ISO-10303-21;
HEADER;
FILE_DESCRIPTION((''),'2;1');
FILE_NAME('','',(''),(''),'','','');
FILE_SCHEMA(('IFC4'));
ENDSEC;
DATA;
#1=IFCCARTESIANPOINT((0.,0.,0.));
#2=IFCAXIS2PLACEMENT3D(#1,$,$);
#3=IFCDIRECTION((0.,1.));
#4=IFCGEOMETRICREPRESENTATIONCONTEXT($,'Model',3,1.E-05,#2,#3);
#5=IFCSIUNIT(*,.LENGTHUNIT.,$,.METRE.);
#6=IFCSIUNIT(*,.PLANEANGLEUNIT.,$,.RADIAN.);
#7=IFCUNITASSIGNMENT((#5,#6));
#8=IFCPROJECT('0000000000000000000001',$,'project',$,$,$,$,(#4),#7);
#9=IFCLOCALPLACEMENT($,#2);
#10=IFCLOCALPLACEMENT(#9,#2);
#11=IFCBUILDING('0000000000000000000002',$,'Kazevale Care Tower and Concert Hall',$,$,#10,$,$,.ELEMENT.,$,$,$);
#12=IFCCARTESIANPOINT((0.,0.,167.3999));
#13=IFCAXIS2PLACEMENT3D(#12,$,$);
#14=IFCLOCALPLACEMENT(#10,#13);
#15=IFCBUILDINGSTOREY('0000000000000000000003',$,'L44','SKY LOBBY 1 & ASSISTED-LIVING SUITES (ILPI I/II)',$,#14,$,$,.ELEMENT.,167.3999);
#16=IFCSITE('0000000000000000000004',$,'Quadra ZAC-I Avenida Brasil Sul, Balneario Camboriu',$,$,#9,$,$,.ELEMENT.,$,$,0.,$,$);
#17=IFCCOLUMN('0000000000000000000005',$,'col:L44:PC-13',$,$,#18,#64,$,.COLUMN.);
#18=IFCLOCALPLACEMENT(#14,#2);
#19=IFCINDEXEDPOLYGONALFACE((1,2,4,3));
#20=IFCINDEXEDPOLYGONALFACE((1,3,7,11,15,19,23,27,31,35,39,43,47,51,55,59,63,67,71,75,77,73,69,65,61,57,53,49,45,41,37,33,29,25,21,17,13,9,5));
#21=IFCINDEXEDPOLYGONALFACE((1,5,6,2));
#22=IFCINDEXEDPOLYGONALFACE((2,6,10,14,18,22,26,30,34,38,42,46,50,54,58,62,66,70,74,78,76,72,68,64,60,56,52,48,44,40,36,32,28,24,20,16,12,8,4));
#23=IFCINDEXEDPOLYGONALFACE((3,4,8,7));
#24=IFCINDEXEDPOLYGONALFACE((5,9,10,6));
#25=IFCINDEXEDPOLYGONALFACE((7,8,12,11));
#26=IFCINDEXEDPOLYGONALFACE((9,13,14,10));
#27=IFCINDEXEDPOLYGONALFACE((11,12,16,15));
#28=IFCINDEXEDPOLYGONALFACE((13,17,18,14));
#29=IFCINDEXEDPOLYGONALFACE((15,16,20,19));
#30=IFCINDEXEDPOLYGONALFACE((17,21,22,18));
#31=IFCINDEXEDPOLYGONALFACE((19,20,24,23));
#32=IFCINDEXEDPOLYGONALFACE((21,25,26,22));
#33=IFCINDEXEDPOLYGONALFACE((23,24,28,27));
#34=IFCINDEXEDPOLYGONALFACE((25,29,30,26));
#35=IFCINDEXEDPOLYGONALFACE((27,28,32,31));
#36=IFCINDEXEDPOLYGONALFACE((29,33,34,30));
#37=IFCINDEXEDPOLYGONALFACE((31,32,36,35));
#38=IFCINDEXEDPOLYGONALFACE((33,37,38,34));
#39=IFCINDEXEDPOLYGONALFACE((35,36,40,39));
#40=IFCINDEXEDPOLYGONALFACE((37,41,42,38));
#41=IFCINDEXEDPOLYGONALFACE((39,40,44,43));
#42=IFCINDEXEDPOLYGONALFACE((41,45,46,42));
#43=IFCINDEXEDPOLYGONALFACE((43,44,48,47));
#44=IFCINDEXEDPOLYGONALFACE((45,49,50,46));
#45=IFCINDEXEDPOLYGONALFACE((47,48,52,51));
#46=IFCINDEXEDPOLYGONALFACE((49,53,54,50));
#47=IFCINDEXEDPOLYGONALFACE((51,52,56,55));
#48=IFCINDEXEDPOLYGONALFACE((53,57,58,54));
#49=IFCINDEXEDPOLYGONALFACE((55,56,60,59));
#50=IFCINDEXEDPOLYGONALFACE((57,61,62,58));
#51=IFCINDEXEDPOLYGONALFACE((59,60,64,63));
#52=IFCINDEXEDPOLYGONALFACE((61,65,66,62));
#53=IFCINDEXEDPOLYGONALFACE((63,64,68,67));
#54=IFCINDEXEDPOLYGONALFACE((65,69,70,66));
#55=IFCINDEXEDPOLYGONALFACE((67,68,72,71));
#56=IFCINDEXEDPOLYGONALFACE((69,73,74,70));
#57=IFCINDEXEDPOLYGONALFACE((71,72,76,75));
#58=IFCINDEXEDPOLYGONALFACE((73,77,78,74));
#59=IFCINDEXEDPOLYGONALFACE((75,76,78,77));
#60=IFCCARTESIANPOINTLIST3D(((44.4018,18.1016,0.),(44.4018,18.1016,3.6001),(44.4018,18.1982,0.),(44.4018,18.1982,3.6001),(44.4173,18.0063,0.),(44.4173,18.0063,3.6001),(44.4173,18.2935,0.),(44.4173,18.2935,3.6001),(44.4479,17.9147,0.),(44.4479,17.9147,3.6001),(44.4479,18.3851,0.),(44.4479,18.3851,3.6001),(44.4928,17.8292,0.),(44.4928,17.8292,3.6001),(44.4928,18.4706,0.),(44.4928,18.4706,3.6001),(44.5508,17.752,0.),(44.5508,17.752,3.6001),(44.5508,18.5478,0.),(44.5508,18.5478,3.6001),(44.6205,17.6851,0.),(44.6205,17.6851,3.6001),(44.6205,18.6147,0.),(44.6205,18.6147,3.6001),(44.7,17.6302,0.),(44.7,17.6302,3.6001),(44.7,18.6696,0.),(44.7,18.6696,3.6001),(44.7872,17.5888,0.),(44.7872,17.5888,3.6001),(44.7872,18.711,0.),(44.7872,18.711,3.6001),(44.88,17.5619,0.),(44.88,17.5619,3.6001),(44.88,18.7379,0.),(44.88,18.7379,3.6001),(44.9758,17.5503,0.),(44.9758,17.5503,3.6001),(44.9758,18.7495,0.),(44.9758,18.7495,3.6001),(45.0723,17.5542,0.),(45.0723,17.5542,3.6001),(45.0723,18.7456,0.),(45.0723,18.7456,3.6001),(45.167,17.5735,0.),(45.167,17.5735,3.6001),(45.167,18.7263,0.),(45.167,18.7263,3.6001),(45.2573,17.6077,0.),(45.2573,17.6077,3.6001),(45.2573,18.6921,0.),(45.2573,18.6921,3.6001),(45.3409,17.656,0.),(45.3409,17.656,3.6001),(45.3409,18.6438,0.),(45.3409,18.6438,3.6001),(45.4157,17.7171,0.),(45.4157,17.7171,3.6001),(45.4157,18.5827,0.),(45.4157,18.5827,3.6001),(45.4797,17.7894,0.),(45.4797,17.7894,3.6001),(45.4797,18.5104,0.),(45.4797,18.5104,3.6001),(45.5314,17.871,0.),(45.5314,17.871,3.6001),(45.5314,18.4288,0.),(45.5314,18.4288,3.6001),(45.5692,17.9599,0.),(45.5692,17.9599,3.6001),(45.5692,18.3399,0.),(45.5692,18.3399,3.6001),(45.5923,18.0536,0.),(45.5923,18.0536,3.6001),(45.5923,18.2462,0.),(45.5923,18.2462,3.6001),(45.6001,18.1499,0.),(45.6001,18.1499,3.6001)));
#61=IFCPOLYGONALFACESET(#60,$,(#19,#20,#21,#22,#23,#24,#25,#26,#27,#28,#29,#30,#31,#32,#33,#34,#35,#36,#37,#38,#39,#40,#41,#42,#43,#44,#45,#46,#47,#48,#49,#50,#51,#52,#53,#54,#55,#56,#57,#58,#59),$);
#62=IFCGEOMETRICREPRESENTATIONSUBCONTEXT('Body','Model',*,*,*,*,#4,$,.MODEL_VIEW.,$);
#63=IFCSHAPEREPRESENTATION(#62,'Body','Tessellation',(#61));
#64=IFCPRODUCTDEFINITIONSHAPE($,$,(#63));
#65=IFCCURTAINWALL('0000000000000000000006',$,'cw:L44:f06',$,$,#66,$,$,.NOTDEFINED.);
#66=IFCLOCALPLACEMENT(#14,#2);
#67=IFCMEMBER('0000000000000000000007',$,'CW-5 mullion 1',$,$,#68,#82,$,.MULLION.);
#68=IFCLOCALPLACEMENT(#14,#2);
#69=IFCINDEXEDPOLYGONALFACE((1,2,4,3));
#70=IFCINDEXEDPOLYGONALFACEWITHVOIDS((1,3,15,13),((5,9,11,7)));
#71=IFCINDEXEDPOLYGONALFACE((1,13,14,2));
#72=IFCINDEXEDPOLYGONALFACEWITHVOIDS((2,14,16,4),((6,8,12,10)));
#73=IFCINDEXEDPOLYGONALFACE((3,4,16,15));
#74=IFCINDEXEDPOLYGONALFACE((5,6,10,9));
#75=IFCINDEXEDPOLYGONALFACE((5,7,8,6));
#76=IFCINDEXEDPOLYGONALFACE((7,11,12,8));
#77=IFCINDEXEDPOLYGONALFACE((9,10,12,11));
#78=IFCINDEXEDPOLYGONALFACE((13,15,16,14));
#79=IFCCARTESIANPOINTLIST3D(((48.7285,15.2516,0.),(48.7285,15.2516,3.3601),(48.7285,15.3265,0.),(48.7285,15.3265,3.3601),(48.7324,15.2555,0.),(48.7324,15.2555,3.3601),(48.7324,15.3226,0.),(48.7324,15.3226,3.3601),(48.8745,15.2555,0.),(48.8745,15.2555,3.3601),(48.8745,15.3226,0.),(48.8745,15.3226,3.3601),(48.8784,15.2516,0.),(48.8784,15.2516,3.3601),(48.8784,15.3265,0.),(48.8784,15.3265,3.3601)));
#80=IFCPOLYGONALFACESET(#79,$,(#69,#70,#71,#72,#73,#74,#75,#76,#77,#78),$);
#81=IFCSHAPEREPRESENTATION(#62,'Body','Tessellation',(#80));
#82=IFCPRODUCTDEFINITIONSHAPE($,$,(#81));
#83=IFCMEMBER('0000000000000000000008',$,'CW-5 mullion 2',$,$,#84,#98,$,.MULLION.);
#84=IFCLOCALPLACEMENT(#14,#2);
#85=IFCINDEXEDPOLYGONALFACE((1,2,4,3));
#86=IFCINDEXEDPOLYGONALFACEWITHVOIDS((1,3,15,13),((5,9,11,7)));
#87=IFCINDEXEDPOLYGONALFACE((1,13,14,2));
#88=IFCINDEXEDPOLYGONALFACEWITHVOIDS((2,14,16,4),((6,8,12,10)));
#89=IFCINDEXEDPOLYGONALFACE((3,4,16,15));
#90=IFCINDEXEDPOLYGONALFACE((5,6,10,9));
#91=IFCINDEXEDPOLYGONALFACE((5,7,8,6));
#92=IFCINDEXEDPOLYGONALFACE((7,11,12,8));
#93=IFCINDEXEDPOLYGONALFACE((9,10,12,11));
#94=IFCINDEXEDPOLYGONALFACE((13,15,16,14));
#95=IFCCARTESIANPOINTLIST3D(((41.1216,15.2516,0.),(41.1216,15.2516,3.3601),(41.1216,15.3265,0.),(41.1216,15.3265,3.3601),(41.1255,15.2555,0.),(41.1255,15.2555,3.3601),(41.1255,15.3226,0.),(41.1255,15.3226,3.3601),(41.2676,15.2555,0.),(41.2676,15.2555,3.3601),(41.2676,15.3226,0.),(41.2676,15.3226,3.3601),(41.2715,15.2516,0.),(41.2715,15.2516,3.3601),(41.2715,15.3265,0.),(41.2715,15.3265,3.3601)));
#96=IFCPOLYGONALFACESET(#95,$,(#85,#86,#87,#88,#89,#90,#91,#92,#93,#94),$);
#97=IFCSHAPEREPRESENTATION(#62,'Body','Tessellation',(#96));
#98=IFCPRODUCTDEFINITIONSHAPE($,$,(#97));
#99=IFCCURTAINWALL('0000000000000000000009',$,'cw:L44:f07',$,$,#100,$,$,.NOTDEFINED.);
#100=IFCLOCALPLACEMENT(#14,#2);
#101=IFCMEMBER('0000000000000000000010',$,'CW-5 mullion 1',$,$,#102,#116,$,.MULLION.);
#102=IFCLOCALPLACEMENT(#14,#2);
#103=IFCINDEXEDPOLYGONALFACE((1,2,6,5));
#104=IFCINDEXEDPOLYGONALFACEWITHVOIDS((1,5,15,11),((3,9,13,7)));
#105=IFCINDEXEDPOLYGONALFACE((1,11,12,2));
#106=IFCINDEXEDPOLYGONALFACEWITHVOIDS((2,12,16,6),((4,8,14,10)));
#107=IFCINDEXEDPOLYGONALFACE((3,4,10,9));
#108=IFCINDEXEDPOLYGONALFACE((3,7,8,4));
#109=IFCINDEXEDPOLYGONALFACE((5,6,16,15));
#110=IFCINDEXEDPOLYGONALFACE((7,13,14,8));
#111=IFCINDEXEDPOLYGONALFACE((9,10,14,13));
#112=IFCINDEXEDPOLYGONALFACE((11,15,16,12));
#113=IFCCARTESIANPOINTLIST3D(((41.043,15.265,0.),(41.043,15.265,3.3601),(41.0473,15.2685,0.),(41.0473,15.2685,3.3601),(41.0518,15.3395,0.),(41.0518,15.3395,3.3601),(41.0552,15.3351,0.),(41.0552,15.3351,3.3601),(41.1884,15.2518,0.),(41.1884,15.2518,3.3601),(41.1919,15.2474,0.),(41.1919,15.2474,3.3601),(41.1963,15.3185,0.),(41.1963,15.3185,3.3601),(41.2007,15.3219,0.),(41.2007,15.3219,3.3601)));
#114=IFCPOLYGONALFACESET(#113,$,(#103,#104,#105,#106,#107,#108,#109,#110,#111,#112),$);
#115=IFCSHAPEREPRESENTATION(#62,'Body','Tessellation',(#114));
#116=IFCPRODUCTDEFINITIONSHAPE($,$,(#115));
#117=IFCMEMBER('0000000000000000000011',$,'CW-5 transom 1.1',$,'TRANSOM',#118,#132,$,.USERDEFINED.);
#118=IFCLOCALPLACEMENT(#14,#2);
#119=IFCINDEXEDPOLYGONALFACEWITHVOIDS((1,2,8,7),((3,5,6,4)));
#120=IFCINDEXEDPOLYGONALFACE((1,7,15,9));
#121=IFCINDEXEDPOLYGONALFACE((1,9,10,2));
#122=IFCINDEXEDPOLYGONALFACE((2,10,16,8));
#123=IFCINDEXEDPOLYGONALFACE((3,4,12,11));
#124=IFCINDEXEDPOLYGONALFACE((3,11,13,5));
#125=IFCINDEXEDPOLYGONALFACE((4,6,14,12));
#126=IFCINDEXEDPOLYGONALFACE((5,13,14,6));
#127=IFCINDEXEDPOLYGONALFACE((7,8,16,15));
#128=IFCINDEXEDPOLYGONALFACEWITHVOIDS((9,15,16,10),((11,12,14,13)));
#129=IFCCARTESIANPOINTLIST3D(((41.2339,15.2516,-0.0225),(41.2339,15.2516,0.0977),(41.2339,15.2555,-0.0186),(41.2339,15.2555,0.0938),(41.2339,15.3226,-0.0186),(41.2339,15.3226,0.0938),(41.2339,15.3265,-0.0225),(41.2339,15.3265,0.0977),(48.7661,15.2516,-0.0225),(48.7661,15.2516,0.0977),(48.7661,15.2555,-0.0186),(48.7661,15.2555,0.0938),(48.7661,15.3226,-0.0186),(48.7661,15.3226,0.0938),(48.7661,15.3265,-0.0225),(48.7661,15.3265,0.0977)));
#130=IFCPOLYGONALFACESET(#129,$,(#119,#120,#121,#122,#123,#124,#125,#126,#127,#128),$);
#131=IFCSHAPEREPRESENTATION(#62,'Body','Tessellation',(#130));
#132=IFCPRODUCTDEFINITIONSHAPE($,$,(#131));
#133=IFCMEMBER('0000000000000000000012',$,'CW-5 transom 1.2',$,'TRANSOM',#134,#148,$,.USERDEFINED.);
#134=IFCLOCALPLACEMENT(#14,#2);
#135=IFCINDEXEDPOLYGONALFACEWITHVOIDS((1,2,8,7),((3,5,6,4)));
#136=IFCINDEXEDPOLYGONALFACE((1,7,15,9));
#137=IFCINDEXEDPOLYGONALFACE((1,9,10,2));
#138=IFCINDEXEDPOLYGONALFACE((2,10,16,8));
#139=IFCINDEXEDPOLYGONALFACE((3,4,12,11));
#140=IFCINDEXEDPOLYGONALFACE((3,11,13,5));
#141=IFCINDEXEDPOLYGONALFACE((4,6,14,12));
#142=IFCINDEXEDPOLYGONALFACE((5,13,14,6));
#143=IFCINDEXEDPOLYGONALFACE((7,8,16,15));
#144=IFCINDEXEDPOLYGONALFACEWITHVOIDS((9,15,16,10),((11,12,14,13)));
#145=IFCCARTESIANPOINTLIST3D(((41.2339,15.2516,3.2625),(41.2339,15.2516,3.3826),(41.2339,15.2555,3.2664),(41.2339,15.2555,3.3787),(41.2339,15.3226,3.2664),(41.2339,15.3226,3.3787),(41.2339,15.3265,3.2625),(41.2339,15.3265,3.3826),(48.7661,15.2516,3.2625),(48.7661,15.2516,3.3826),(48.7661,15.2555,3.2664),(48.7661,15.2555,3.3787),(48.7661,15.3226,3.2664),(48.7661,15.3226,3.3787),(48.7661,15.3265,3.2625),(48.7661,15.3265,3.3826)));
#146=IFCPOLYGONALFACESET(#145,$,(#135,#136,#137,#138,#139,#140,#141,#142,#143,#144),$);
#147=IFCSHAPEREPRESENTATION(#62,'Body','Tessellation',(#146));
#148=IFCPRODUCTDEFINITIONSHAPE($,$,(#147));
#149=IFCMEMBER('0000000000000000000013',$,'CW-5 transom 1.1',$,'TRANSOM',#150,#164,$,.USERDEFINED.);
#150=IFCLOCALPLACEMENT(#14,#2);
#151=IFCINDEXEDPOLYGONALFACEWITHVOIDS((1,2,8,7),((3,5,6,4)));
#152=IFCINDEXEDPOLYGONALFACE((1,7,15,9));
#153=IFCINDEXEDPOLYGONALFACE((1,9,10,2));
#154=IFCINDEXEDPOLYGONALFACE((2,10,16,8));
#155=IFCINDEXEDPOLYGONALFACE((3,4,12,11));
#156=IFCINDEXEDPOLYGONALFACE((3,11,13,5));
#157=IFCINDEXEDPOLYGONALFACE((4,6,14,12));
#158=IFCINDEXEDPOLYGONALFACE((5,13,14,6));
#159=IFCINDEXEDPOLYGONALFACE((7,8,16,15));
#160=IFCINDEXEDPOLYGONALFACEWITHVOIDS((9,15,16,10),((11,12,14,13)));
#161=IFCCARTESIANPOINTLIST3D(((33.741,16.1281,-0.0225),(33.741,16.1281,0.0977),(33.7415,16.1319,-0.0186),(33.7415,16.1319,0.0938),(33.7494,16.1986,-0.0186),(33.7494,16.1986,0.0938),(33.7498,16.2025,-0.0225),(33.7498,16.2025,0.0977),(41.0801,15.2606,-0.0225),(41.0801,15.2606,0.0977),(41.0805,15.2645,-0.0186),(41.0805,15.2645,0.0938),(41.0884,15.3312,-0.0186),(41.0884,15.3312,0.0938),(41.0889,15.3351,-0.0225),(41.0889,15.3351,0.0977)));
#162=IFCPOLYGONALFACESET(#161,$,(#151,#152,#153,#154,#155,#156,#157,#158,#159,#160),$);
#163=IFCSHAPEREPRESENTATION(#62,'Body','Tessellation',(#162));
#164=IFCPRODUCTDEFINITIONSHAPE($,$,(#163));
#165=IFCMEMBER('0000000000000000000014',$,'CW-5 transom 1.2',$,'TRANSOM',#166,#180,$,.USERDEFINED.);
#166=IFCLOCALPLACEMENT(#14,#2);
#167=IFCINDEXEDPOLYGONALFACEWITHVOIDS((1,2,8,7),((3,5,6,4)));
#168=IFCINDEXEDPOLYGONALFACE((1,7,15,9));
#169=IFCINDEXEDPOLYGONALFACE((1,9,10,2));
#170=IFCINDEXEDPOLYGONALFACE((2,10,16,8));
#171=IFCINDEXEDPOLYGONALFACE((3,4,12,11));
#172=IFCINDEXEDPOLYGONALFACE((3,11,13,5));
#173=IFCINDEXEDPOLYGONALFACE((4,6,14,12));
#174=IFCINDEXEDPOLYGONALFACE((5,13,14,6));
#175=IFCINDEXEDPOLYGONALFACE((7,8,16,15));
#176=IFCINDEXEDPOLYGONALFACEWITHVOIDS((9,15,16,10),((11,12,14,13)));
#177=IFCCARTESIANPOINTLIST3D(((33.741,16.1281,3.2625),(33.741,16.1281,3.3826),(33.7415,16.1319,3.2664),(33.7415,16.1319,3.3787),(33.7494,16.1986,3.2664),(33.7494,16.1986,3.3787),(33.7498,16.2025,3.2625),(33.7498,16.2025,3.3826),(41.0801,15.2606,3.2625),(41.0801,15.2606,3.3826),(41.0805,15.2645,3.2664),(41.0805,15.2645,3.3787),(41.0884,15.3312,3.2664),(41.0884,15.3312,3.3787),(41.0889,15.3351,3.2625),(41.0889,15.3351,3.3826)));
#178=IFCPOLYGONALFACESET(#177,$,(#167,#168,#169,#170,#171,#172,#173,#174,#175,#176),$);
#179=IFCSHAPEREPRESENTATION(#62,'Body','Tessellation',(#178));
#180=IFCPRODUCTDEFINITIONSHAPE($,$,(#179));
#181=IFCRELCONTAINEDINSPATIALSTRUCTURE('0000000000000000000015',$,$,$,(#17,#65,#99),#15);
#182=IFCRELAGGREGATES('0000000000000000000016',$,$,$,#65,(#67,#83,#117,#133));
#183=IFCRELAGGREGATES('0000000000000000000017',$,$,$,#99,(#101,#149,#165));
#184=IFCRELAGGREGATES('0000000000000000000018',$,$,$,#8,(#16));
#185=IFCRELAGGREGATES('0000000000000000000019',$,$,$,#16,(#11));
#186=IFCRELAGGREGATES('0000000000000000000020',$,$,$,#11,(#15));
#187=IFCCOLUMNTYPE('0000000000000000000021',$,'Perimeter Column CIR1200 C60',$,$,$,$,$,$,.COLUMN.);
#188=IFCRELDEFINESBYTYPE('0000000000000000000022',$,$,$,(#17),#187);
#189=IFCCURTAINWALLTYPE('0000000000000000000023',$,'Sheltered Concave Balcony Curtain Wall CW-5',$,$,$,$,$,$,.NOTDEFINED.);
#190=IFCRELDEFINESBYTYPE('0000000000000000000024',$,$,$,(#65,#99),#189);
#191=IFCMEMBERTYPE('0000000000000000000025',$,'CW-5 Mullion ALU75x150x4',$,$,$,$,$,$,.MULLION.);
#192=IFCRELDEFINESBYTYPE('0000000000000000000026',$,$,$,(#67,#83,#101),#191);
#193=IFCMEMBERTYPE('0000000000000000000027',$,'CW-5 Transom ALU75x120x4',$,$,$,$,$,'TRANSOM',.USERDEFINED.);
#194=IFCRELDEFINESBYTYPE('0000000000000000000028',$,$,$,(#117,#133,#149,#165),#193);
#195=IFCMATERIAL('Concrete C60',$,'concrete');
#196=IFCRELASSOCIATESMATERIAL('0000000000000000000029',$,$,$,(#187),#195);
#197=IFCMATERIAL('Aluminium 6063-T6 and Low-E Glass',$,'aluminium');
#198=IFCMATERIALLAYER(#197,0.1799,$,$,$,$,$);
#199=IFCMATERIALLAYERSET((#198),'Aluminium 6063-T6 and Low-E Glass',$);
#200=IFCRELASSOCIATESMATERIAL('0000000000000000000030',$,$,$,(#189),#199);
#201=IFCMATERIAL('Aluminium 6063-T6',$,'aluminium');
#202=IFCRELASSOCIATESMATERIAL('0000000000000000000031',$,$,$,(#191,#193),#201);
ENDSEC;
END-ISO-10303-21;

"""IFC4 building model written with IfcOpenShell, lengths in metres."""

from ifc_helpers import new_model, si_unit, direction, frame, origin, origin_2d, place, context, subcontext, project, spatial, hollow_rectangle, circle, extrude, material, layer, layer_set, material_profile, profile_set, type_object, element, aggregate, save


model = new_model("IFC4")

# Units and contexts
model_context = context("Model", 3, precision=1e-05, world=origin(), true_north=direction((0.0, 1.0)))
body_context = subcontext(model_context, "Body", "Model", "MODEL_VIEW")
ifc_project = project(units=[si_unit("LENGTHUNIT", "METRE"), si_unit("PLANEANGLEUNIT", "RADIAN")], contexts=[model_context])

# Site, building, storey
site_placement = place(None, origin())
site = spatial("IfcSite", under=ifc_project, at=site_placement, Name="Quadra ZAC-I Avenida Brasil Sul, Balneario Camboriu", CompositionType="ELEMENT", RefElevation=0.0)
building_placement = place(site_placement, origin())
building = spatial("IfcBuilding", under=site, at=building_placement, Name="Kazevale Care Tower and Concert Hall", CompositionType="ELEMENT")
storey_placement = place(building_placement, frame((0.0, 0.0, 167.3999)))
storey = spatial("IfcBuildingStorey", under=building, at=storey_placement, Name="L44", Description="SKY LOBBY 1 & ASSISTED-LIVING SUITES (ILPI I/II)", CompositionType="ELEMENT", Elevation=167.3999)

# Column
ifc_material_1 = material(Name="Concrete C60", Category="concrete")
ifc_material_profile_1 = material_profile(ifc_material_1, circle(Radius=0.6001, at=origin_2d()), Name="RC-CIR1200")
ifc_profile_set_1 = profile_set([ifc_material_profile_1], Name="Concrete C60")
column_type = type_object("IfcColumnType", Name="Perimeter Column CIR1200 C60", PredefinedType="COLUMN", material=ifc_profile_set_1)
column_placement = place(storey_placement, frame((45.0, 18.1499, 0.0), z_axis=(0.0, 0.0, 1.0), x_axis=(1.0, 0.0, 0.0)))
element("IfcColumn", 1, at=column_placement, inside=storey, type_object=column_type, Name="col:L44:PC-13", PredefinedType="COLUMN", context=body_context, shape_type="SweptSolid", body=[
    extrude(circle(Radius=0.6001, at=origin_2d()), origin(), (0.0, 0.0, 1.0), 3.6001),
])

# Curtain wall, members
ifc_material_2 = material(Name="Aluminium 6063-T6 and Low-E Glass", Category="aluminium")
ifc_layer_1 = layer(ifc_material_2, 0.1799)
ifc_layer_set_1 = layer_set([ifc_layer_1], Name="Aluminium 6063-T6 and Low-E Glass")
curtain_wall_type = type_object("IfcCurtainWallType", Name="Sheltered Concave Balcony Curtain Wall CW-5", PredefinedType="NOTDEFINED", material=ifc_layer_set_1)
curtain_wall_1_placement = place(storey_placement, origin())
curtain_wall_1 = element("IfcCurtainWall", 2, at=curtain_wall_1_placement, inside=storey, type_object=curtain_wall_type, Name="cw:L44:f06", PredefinedType="NOTDEFINED")
ifc_material_3 = material(Name="Aluminium 6063-T6", Category="aluminium")
ifc_material_profile_2 = material_profile(ifc_material_3, hollow_rectangle(XDim=0.075, YDim=0.1499, WallThickness=0.0039, at=origin_2d()), Name="ALU75x150x4")
ifc_profile_set_2 = profile_set([ifc_material_profile_2], Name="Aluminium 6063-T6")
member_type_1 = type_object("IfcMemberType", Name="CW-5 Mullion ALU75x150x4", PredefinedType="MULLION", material=ifc_profile_set_2)
member_1_placement = place(storey_placement, frame((48.8035, 15.2891, 0.0), z_axis=(0.0, 0.0, 1.0), x_axis=(0.0, -1.0, 0.0)))
member_1 = element("IfcMember", 3, at=member_1_placement, type_object=member_type_1, Name="CW-5 mullion 1", PredefinedType="MULLION", context=body_context, shape_type="SweptSolid", body=[
    extrude(hollow_rectangle(XDim=0.075, YDim=0.1499, WallThickness=0.0039, at=origin_2d()), origin(), (0.0, 0.0, 1.0), 3.3601),
])
member_2_placement = place(storey_placement, frame((41.1965, 15.2891, 0.0), z_axis=(0.0, 0.0, 1.0), x_axis=(0.0, -1.0, 0.0)))
member_2 = element("IfcMember", 4, at=member_2_placement, type_object=member_type_1, Name="CW-5 mullion 2", PredefinedType="MULLION", context=body_context, shape_type="SweptSolid", body=[
    extrude(hollow_rectangle(XDim=0.075, YDim=0.1499, WallThickness=0.0039, at=origin_2d()), origin(), (0.0, 0.0, 1.0), 3.3601),
])

# Curtain wall, member
curtain_wall_2_placement = place(storey_placement, origin())
curtain_wall_2 = element("IfcCurtainWall", 5, at=curtain_wall_2_placement, inside=storey, type_object=curtain_wall_type, Name="cw:L44:f07", PredefinedType="NOTDEFINED")
member_3_placement = place(storey_placement, frame((41.1218, 15.2935, 0.0), z_axis=(0.0, 0.0, 1.0), x_axis=(-0.117372, -0.993088, 0.0)))
member_3 = element("IfcMember", 6, at=member_3_placement, type_object=member_type_1, Name="CW-5 mullion 1", PredefinedType="MULLION", context=body_context, shape_type="SweptSolid", body=[
    extrude(hollow_rectangle(XDim=0.075, YDim=0.1499, WallThickness=0.0039, at=origin_2d()), origin(), (0.0, 0.0, 1.0), 3.3601),
])

# Members
ifc_material_profile_3 = material_profile(ifc_material_3, hollow_rectangle(XDim=0.075, YDim=0.1201, WallThickness=0.0039, at=origin_2d()), Name="ALU75x120x4")
ifc_profile_set_3 = profile_set([ifc_material_profile_3], Name="Aluminium 6063-T6")
member_type_2 = type_object("IfcMemberType", Name="CW-5 Transom ALU75x120x4", ElementType="TRANSOM", PredefinedType="USERDEFINED", material=ifc_profile_set_3)
member_4_placement = place(storey_placement, frame((48.7661, 15.2891, 0.0376), z_axis=(-1.0, 0.0, 0.0), x_axis=(0.0, -1.0, 0.0)))
member_4 = element("IfcMember", 7, at=member_4_placement, type_object=member_type_2, Name="CW-5 transom 1.1", ObjectType="TRANSOM", PredefinedType="USERDEFINED", context=body_context, shape_type="SweptSolid", body=[
    extrude(hollow_rectangle(XDim=0.075, YDim=0.1201, WallThickness=0.0039, at=origin_2d()), origin(), (0.0, 0.0, 1.0), 7.5322),
])
member_5_placement = place(storey_placement, frame((48.7661, 15.2891, 3.3225), z_axis=(-1.0, 0.0, 0.0), x_axis=(0.0, -1.0, 0.0)))
member_5 = element("IfcMember", 8, at=member_5_placement, type_object=member_type_2, Name="CW-5 transom 1.2", ObjectType="TRANSOM", PredefinedType="USERDEFINED", context=body_context, shape_type="SweptSolid", body=[
    extrude(hollow_rectangle(XDim=0.075, YDim=0.1201, WallThickness=0.0039, at=origin_2d()), origin(), (0.0, 0.0, 1.0), 7.5322),
])
member_6_placement = place(storey_placement, frame((41.0845, 15.2979, 0.0376), z_axis=(-0.993088, 0.117376, 0.0), x_axis=(-0.117376, -0.993088, 0.0)))
member_6 = element("IfcMember", 9, at=member_6_placement, type_object=member_type_2, Name="CW-5 transom 1.1", ObjectType="TRANSOM", PredefinedType="USERDEFINED", context=body_context, shape_type="SweptSolid", body=[
    extrude(hollow_rectangle(XDim=0.075, YDim=0.1201, WallThickness=0.0039, at=origin_2d()), origin(), (0.0, 0.0, 1.0), 7.3901),
])
member_7_placement = place(storey_placement, frame((41.0845, 15.2979, 3.3225), z_axis=(-0.993088, 0.117376, 0.0), x_axis=(-0.117376, -0.993088, 0.0)))
member_7 = element("IfcMember", 10, at=member_7_placement, type_object=member_type_2, Name="CW-5 transom 1.2", ObjectType="TRANSOM", PredefinedType="USERDEFINED", context=body_context, shape_type="SweptSolid", body=[
    extrude(hollow_rectangle(XDim=0.075, YDim=0.1201, WallThickness=0.0039, at=origin_2d()), origin(), (0.0, 0.0, 1.0), 7.3901),
])

aggregate(curtain_wall_1, [member_1, member_2, member_4, member_5])
aggregate(curtain_wall_2, [member_3, member_6, member_7])

save(model, "model.ifc")
